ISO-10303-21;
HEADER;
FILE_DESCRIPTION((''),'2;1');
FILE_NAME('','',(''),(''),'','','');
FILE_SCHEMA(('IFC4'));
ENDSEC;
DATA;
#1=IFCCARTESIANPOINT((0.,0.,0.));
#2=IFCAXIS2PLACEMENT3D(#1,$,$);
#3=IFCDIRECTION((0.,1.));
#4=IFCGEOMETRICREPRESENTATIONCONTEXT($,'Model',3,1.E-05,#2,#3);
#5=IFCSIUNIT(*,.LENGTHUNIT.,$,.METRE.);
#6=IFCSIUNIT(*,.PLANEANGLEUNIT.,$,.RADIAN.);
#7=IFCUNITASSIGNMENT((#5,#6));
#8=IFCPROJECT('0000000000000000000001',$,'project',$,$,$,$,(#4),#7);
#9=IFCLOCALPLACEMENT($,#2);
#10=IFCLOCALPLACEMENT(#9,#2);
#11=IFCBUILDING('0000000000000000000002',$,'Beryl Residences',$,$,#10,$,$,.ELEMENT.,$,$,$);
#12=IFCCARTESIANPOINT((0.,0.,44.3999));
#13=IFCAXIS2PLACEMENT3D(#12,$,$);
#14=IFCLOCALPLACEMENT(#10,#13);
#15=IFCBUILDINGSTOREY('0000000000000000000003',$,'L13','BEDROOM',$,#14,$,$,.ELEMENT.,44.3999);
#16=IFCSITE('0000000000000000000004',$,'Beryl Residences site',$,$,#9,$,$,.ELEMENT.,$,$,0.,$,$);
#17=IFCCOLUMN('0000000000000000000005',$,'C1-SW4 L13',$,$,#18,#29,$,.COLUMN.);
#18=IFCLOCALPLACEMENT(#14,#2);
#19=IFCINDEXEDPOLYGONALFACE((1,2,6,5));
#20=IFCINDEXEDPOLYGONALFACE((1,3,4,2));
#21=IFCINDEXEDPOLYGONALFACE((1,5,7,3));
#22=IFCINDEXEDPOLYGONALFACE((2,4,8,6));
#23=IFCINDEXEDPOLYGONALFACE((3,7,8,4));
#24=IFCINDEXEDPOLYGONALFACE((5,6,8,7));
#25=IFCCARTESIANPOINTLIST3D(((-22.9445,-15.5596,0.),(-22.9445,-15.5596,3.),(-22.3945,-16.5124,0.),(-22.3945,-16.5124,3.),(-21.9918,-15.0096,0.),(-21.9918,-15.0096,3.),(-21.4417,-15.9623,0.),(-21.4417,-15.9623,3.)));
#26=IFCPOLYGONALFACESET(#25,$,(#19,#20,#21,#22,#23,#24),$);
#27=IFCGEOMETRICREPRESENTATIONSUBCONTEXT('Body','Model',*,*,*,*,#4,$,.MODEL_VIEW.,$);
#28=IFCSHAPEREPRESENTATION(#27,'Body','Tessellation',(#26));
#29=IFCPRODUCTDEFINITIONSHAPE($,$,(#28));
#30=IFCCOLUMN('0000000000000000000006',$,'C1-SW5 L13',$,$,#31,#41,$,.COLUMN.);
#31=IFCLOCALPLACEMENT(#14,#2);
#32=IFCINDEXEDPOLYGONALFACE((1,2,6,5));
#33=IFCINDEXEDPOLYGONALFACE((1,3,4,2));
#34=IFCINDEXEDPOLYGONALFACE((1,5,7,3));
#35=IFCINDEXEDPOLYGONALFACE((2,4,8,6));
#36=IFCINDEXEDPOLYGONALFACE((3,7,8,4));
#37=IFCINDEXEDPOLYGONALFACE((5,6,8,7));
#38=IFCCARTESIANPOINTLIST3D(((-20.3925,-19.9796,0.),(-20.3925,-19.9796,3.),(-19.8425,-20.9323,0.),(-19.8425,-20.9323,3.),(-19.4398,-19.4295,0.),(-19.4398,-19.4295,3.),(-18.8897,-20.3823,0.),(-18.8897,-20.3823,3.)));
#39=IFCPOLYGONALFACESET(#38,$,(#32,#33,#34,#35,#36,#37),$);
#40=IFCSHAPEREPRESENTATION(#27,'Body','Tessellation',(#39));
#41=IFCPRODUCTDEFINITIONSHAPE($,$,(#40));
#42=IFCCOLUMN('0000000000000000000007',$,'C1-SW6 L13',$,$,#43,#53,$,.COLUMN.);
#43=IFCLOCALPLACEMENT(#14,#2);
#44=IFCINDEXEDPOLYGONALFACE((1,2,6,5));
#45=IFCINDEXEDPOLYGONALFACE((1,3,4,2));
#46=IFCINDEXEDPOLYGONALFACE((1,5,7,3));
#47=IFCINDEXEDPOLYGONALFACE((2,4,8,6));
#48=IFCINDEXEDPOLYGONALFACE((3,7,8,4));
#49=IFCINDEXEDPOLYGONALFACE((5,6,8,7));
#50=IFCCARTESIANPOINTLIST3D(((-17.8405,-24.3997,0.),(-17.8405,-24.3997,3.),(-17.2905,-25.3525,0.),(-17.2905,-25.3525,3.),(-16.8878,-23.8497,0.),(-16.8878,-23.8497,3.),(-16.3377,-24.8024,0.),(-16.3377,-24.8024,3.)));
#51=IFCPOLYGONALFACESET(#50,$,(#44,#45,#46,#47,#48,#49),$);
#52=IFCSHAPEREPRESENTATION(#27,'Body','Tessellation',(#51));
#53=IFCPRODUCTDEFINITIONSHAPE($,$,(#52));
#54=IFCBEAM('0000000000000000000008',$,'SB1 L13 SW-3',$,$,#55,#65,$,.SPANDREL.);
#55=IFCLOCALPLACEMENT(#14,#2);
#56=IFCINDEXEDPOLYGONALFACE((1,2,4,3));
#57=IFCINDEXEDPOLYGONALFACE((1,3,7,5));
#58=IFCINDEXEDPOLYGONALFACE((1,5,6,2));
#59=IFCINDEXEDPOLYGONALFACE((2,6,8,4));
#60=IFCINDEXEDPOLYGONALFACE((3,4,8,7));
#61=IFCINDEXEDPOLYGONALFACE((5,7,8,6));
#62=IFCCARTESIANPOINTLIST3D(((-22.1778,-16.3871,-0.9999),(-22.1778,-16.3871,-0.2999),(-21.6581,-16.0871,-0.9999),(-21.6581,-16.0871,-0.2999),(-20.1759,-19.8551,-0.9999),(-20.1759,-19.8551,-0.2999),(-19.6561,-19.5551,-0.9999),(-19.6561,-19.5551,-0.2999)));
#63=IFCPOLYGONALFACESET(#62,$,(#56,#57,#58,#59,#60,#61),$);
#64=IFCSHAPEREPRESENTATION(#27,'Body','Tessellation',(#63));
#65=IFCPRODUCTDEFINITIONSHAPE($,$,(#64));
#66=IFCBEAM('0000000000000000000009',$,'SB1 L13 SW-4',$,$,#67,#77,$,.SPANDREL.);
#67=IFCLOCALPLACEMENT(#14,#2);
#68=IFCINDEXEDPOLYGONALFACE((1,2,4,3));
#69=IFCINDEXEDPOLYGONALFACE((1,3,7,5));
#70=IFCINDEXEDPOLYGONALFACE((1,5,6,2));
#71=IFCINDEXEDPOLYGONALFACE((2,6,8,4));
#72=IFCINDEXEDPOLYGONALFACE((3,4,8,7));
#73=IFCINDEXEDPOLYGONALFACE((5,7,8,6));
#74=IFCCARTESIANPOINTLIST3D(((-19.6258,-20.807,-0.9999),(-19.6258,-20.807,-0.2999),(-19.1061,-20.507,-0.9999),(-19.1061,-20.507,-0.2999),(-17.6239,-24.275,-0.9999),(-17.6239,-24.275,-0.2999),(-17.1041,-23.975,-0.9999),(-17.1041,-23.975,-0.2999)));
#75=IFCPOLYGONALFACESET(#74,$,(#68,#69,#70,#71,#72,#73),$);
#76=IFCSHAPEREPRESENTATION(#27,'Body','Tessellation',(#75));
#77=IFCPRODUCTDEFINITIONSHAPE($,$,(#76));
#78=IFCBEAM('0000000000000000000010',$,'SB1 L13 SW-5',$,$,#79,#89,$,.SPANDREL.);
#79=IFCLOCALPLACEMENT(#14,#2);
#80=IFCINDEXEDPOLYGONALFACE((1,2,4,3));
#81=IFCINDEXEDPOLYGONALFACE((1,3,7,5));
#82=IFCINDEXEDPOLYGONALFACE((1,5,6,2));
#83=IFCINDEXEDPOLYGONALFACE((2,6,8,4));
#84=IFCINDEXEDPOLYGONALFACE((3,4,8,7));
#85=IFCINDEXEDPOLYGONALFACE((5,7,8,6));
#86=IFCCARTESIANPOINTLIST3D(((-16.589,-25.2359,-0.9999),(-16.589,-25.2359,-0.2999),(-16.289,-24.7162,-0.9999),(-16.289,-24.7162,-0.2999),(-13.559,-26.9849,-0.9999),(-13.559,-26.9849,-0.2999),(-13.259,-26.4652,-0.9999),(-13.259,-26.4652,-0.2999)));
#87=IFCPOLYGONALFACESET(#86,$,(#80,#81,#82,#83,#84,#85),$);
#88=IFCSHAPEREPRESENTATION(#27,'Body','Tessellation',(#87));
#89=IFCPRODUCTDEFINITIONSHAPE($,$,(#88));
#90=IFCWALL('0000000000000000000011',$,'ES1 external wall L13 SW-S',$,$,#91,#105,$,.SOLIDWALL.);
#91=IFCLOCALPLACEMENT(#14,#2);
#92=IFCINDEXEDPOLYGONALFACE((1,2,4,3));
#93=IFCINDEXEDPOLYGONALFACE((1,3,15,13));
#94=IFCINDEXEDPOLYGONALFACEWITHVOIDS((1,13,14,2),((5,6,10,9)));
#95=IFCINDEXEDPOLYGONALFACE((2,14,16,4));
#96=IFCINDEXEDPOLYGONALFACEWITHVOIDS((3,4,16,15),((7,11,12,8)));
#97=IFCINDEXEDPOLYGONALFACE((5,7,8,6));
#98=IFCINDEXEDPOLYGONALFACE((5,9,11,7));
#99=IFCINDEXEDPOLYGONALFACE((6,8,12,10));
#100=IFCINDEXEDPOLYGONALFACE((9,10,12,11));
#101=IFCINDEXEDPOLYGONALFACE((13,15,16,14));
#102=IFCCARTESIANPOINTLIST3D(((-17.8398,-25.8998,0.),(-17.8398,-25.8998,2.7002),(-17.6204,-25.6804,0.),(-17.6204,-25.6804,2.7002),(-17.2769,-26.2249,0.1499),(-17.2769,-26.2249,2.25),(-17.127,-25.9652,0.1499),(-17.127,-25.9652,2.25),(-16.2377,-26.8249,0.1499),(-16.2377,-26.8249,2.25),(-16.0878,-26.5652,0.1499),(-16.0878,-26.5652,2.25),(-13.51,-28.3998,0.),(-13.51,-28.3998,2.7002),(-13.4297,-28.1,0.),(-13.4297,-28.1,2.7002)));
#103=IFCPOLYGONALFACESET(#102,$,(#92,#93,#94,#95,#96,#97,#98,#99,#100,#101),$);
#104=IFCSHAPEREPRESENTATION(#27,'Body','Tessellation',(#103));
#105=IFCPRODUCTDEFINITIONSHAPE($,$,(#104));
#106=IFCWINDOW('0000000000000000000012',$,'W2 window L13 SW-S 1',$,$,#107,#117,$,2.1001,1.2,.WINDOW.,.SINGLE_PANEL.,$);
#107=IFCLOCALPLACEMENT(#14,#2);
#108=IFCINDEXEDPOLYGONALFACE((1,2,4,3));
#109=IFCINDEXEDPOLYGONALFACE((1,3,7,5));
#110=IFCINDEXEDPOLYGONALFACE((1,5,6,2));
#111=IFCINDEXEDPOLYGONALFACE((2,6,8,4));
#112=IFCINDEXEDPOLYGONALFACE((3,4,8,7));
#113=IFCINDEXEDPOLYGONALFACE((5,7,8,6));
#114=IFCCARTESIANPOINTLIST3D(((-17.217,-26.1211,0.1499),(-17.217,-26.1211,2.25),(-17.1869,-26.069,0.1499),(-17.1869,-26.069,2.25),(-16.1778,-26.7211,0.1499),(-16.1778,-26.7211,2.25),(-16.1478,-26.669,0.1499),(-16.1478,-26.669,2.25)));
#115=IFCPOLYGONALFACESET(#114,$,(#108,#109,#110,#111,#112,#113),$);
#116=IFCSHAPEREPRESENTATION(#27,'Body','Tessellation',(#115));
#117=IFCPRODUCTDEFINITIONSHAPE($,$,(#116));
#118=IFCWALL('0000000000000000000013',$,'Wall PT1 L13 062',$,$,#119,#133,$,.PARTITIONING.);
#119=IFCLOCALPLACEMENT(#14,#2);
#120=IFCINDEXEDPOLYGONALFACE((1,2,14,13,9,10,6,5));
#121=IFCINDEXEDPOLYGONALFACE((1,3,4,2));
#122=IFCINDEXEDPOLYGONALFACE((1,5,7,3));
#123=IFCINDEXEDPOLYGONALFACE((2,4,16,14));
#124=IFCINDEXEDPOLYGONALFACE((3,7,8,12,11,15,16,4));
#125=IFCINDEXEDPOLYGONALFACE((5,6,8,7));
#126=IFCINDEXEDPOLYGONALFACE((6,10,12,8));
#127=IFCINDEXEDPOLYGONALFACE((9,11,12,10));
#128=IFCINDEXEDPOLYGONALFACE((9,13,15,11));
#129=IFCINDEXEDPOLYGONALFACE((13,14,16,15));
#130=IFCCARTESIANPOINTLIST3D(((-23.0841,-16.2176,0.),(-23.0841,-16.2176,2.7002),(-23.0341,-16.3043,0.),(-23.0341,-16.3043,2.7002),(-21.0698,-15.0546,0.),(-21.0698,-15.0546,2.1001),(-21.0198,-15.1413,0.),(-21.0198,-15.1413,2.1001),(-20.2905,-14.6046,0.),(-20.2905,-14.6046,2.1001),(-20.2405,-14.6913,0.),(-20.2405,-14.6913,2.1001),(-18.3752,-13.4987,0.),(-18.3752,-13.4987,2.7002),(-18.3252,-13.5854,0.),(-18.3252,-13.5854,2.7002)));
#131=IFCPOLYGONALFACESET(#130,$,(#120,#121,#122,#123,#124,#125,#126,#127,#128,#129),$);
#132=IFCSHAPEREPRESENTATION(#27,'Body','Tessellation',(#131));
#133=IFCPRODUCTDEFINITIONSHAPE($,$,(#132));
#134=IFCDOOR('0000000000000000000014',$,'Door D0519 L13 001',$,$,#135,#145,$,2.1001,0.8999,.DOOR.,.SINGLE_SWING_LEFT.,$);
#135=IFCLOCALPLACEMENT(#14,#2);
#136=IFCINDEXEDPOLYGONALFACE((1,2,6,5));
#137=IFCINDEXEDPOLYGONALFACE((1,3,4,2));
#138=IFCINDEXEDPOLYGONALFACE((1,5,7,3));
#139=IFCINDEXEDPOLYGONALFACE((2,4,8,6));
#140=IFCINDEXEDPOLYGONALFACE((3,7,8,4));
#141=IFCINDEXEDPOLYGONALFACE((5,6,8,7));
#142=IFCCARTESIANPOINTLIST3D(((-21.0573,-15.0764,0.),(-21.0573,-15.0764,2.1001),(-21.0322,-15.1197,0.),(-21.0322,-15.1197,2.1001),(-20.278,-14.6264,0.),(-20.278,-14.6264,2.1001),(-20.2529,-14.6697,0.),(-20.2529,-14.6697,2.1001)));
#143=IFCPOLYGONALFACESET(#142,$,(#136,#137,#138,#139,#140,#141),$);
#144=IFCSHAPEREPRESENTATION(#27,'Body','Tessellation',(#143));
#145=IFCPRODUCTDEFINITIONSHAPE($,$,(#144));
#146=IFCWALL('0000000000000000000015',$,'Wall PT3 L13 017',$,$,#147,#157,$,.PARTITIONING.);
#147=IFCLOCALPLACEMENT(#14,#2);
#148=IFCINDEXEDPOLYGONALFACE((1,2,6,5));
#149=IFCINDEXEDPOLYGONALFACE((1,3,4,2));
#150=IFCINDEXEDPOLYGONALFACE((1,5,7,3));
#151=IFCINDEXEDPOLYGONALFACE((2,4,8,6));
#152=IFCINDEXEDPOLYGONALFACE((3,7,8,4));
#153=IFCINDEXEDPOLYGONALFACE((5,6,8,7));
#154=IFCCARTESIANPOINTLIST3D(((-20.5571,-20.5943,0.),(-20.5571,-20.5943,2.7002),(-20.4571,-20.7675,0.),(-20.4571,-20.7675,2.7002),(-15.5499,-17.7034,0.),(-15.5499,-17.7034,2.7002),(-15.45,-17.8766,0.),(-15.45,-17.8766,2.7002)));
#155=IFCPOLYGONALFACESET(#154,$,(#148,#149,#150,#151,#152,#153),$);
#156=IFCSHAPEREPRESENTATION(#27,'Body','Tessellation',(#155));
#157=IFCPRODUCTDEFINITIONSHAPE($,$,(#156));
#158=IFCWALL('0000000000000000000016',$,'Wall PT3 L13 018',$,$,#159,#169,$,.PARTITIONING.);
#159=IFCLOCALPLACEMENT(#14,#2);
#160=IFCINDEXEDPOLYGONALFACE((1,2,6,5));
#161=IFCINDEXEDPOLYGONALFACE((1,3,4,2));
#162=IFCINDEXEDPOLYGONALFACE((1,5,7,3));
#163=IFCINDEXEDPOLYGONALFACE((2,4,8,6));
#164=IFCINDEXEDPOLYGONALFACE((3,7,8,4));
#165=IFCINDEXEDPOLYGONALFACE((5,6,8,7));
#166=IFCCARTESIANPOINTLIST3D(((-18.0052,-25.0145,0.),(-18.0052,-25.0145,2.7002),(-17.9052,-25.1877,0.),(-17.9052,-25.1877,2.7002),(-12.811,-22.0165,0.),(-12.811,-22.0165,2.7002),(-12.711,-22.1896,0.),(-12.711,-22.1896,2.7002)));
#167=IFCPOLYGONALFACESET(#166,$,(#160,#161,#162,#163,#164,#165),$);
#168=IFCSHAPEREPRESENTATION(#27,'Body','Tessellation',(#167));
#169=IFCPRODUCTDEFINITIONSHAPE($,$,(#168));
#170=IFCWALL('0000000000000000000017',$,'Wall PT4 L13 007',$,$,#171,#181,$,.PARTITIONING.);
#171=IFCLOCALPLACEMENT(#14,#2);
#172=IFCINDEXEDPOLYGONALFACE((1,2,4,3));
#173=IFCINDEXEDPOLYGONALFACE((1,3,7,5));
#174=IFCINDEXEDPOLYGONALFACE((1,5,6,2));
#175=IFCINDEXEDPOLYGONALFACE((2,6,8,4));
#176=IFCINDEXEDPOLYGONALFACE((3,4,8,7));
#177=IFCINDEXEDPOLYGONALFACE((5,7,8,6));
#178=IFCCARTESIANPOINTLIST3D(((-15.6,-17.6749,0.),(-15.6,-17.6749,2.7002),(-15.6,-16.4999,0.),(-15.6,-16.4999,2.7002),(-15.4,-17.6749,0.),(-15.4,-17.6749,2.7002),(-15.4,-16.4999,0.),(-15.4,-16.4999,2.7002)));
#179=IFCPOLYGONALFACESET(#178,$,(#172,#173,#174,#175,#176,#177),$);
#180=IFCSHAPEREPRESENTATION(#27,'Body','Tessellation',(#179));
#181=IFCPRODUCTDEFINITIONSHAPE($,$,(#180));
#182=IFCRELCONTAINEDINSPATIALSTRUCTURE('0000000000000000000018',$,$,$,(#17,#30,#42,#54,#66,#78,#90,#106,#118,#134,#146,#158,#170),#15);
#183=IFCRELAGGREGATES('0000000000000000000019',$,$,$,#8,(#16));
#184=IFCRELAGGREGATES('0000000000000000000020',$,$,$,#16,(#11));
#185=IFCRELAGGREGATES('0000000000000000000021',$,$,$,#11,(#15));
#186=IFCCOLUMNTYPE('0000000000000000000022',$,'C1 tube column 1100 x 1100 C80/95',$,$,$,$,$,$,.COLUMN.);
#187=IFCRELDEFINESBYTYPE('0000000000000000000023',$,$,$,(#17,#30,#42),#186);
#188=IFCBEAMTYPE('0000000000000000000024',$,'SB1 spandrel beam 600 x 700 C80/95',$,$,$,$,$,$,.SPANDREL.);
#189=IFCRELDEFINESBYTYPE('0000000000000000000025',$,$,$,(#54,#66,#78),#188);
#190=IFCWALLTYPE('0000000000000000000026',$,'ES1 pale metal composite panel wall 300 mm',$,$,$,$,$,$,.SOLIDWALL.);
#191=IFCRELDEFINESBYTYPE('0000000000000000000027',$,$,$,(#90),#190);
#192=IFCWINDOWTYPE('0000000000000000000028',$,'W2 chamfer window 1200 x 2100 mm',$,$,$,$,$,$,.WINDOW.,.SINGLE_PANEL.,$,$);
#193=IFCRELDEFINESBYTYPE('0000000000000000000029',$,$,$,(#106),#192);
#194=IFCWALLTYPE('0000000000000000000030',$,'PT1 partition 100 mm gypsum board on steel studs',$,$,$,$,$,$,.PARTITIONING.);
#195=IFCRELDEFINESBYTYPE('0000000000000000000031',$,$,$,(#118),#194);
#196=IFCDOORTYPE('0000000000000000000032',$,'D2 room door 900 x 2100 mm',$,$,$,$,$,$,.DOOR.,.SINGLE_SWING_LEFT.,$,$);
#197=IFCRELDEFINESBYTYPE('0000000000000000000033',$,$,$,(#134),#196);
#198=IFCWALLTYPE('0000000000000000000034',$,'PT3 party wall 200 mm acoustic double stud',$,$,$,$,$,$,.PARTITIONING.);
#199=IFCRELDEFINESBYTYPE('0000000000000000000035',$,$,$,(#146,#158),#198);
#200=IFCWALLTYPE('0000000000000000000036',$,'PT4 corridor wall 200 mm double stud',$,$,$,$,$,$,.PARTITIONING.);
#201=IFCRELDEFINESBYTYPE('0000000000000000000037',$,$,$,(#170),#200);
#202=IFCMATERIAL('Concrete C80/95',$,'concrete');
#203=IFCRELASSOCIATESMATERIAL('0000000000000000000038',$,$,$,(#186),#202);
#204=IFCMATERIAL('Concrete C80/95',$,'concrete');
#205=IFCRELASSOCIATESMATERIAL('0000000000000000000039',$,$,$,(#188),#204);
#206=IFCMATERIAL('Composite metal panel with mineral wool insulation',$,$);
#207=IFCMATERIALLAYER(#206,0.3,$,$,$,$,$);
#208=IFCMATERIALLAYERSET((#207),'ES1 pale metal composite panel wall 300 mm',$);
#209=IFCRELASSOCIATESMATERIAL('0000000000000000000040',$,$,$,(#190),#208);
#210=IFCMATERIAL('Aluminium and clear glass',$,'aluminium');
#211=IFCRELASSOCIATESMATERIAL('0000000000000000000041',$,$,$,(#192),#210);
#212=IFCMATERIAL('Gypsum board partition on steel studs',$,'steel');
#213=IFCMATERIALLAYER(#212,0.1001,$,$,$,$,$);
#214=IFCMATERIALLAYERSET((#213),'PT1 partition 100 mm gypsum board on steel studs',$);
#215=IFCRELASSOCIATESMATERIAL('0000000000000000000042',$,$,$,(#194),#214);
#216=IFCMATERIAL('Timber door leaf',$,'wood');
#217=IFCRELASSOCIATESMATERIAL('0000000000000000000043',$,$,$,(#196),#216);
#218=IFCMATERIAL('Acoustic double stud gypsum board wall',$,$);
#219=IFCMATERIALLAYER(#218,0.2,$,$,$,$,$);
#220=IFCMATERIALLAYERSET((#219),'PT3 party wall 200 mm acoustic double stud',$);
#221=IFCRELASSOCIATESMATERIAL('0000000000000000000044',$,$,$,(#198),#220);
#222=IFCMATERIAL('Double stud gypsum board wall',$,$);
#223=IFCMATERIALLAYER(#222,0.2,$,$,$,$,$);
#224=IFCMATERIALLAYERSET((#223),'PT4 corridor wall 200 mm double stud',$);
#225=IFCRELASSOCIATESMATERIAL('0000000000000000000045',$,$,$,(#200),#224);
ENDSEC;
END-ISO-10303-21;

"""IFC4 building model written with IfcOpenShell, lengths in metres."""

from ifc_helpers import new_model, si_unit, direction, frame, frame_2d, origin, origin_2d, place, context, subcontext, project, spatial, polyline, rectangle, outline, extrude, material, layer, layer_set, material_profile, profile_set, type_object, element, fill, save


model = new_model("IFC4")

# Units and contexts
model_context = context("Model", 3, precision=1e-05, world=origin(), true_north=direction((0.0, 1.0)))
body_context = subcontext(model_context, "Body", "Model", "MODEL_VIEW")
ifc_project = project(units=[si_unit("LENGTHUNIT", "METRE"), si_unit("PLANEANGLEUNIT", "RADIAN")], contexts=[model_context])

# Site, building, storey
site_placement = place(None, origin())
site = spatial("IfcSite", under=ifc_project, at=site_placement, Name="Beryl Residences site", CompositionType="ELEMENT", RefElevation=0.0)
building_placement = place(site_placement, origin())
building = spatial("IfcBuilding", under=site, at=building_placement, Name="Beryl Residences", CompositionType="ELEMENT")
storey_placement = place(building_placement, frame((0.0, 0.0, 44.3999)))
storey = spatial("IfcBuildingStorey", under=building, at=storey_placement, Name="L13", Description="BEDROOM", CompositionType="ELEMENT", Elevation=44.3999)

# Columns
ifc_material_1 = material(Name="Concrete C80/95", Category="concrete")
ifc_material_profile_1 = material_profile(ifc_material_1, rectangle(XDim=1.1001, YDim=1.1001, at=origin_2d()))
ifc_profile_set_1 = profile_set([ifc_material_profile_1], Name="Concrete C80/95")
column_type = type_object("IfcColumnType", Name="C1 tube column 1100 x 1100 C80/95", PredefinedType="COLUMN", material=ifc_profile_set_1)
for number, where, z_axis, x_axis, name in (
    (1, (-22.1931, -15.761, 0.0), (0.0, 0.0, 1.0), (0.499985, -0.866034, 0.0), "C1-SW4 L13"),
    (2, (-19.6411, -20.1809, 0.0), (0.0, 0.0, 1.0), (0.499985, -0.866034, 0.0), "C1-SW5 L13"),
    (3, (-17.0891, -24.6011, 0.0), (0.0, 0.0, 1.0), (0.499985, -0.866034, 0.0), "C1-SW6 L13"),
):
    element("IfcColumn", number, at=place(storey_placement, frame(where, z_axis=z_axis, x_axis=x_axis)), inside=storey, type_object=column_type, Name=name, PredefinedType="COLUMN", context=body_context, shape_type="SweptSolid", body=[
        extrude(rectangle(XDim=1.1001, YDim=1.1001, at=origin_2d()), origin(), (0.0, 0.0, 1.0), 3.0),
    ])

# Beams
ifc_material_2 = material(Name="Concrete C80/95", Category="concrete")
ifc_material_profile_2 = material_profile(ifc_material_2, rectangle(XDim=0.6001, YDim=0.7, at=origin_2d()))
ifc_profile_set_2 = profile_set([ifc_material_profile_2], Name="Concrete C80/95")
beam_type = type_object("IfcBeamType", Name="SB1 spandrel beam 600 x 700 C80/95", PredefinedType="SPANDREL", material=ifc_profile_set_2)
for number, where, z_axis, x_axis, name in (
    (4, (-21.918, -16.2371, -0.6499), (0.499942, -0.866059, 0.0), (0.866059, 0.499942, 0.0), "SB1 L13 SW-3"),
    (5, (-19.366, -20.657, -0.6499), (0.499942, -0.866059, 0.0), (0.866059, 0.499942, 0.0), "SB1 L13 SW-4"),
):
    element("IfcBeam", number, at=place(storey_placement, frame(where, z_axis=z_axis, x_axis=x_axis)), inside=storey, type_object=beam_type, Name=name, PredefinedType="SPANDREL", context=body_context, shape_type="SweptSolid", body=[
        extrude(rectangle(XDim=0.6001, YDim=0.7, at=origin_2d()), origin(), (0.0, 0.0, 1.0), 4.0044),
    ])
beam_placement = place(storey_placement, frame((-16.439, -24.9761, -0.6499), z_axis=(0.866071, -0.499922, 0.0), x_axis=(0.499922, 0.866071, 0.0)))
element("IfcBeam", 6, at=beam_placement, inside=storey, type_object=beam_type, Name="SB1 L13 SW-5", PredefinedType="SPANDREL", context=body_context, shape_type="SweptSolid", body=[
    extrude(rectangle(XDim=0.6001, YDim=0.7, at=origin_2d()), origin(), (0.0, 0.0, 1.0), 3.4985),
])

# Wall, opening, window
ifc_material_3 = material(Name="Composite metal panel with mineral wool insulation")
ifc_layer_1 = layer(ifc_material_3, 0.3)
ifc_layer_set_1 = layer_set([ifc_layer_1], Name="ES1 pale metal composite panel wall 300 mm")
wall_type_1 = type_object("IfcWallType", Name="ES1 pale metal composite panel wall 300 mm", PredefinedType="SOLIDWALL", material=ifc_layer_set_1)
wall_1_placement = place(storey_placement, frame((-17.7649, -25.77, 0.0), z_axis=(0.0, 0.0, 1.0), x_axis=(0.866011, -0.500025, 0.0)))
wall_1 = element("IfcWall", 7, at=wall_1_placement, inside=storey, type_object=wall_type_1, Name="ES1 external wall L13 SW-S", PredefinedType="SOLIDWALL", context=body_context, shape_type="SweptSolid", body=[
    extrude(outline(polyline([(0.0, -0.1499), (4.9998, -0.1499), (4.9194, 0.1499), (0.0803, 0.1499), (0.0, -0.1499)])), origin(), (0.0, 0.0, 1.0), 2.7002),
])
opening_1_placement = place(wall_1_placement, frame((0.6499, 0.0, 0.1499)))
opening_1 = element("IfcOpeningElement", 8, at=opening_1_placement, cuts=wall_1, PredefinedType="OPENING", context=body_context, shape_type="SweptSolid", body=[
    extrude(rectangle(XDim=1.2, YDim=2.1001, at=frame_2d((0.6001, 1.05))), frame((0.0, 0.1599, 0.0), z_axis=(0.0, -1.0, 0.0), x_axis=(1.0, 0.0, 0.0)), (0.0, 0.0, 1.0), 0.3201),
])
ifc_material_4 = material(Name="Aluminium and clear glass", Category="aluminium")
window_type = type_object("IfcWindowType", Name="W2 chamfer window 1200 x 2100 mm", PartitioningType="SINGLE_PANEL", PredefinedType="WINDOW", material=ifc_material_4)
window_placement = place(opening_1_placement, origin())
window = element("IfcWindow", 9, at=window_placement, inside=storey, type_object=window_type, Name="W2 window L13 SW-S 1", OverallHeight=2.1001, OverallWidth=1.2, PartitioningType="SINGLE_PANEL", PredefinedType="WINDOW", context=body_context, shape_type="SweptSolid", body=[
    extrude(rectangle(XDim=1.2, YDim=2.1001, at=frame_2d((0.6001, 1.05))), frame((0.0, 0.03, 0.0), z_axis=(0.0, -1.0, 0.0), x_axis=(1.0, 0.0, 0.0)), (0.0, 0.0, 1.0), 0.0601),
])
fill(opening_1, window)

# Wall, opening, door
ifc_material_5 = material(Name="Gypsum board partition on steel studs", Category="steel")
ifc_layer_2 = layer(ifc_material_5, 0.1001)
ifc_layer_set_2 = layer_set([ifc_layer_2], Name="PT1 partition 100 mm gypsum board on steel studs")
wall_type_2 = type_object("IfcWallType", Name="PT1 partition 100 mm gypsum board on steel studs", PredefinedType="PARTITIONING", material=ifc_layer_set_2)
wall_2_placement = place(storey_placement, frame((-23.0591, -16.261, 0.0), z_axis=(0.0, 0.0, 1.0), x_axis=(0.866005, 0.500036, 0.0)))
wall_2 = element("IfcWall", 10, at=wall_2_placement, inside=storey, type_object=wall_type_2, Name="Wall PT1 L13 062", PredefinedType="PARTITIONING", context=body_context, shape_type="SweptSolid", body=[
    extrude(rectangle(XDim=5.4375, YDim=0.1001, at=frame_2d((2.7188, 0.0))), origin(), (0.0, 0.0, 1.0), 2.7002),
])
opening_2_placement = place(wall_2_placement, frame((2.3259, 0.0, 0.0)))
opening_2 = element("IfcOpeningElement", 11, at=opening_2_placement, cuts=wall_2, PredefinedType="OPENING", context=body_context, shape_type="SweptSolid", body=[
    extrude(rectangle(XDim=0.8999, YDim=2.1001, at=frame_2d((0.45, 1.05))), frame((0.0, 0.0601, 0.0), z_axis=(0.0, -1.0, 0.0), x_axis=(1.0, 0.0, 0.0)), (0.0, 0.0, 1.0), 0.1201),
])
ifc_material_6 = material(Name="Timber door leaf", Category="wood")
door_type_1 = type_object("IfcDoorType", Name="D2 room door 900 x 2100 mm", OperationType="SINGLE_SWING_LEFT", PredefinedType="DOOR", material=ifc_material_6)
door_1_placement = place(opening_2_placement, origin())
door_1 = element("IfcDoor", 12, at=door_1_placement, inside=storey, type_object=door_type_1, Name="Door D0519 L13 001", OperationType="SINGLE_SWING_LEFT", OverallHeight=2.1001, OverallWidth=0.8999, PredefinedType="DOOR", context=body_context, shape_type="SweptSolid", body=[
    extrude(rectangle(XDim=0.8999, YDim=2.1001, at=frame_2d((0.45, 1.05))), frame((0.0, 0.0249, 0.0), z_axis=(0.0, -1.0, 0.0), x_axis=(1.0, 0.0, 0.0)), (0.0, 0.0, 1.0), 0.05),
])
fill(opening_2, door_1)

# Walls
ifc_material_7 = material(Name="Acoustic double stud gypsum board wall")
ifc_layer_3 = layer(ifc_material_7, 0.2)
ifc_layer_set_3 = layer_set([ifc_layer_3], Name="PT3 party wall 200 mm acoustic double stud")
wall_type_3 = type_object("IfcWallType", Name="PT3 party wall 200 mm acoustic double stud", PredefinedType="PARTITIONING", material=ifc_layer_set_3)
wall_3_placement = place(storey_placement, frame((-20.5071, -20.6809, 0.0), z_axis=(0.0, 0.0, 1.0), x_axis=(0.866023, 0.500004, 0.0)))
element("IfcWall", 13, at=wall_3_placement, inside=storey, type_object=wall_type_3, Name="Wall PT3 L13 017", PredefinedType="PARTITIONING", context=body_context, shape_type="SweptSolid", body=[
    extrude(rectangle(XDim=5.7817, YDim=0.2, at=frame_2d((2.8909, 0.0))), origin(), (0.0, 0.0, 1.0), 2.7002),
])
wall_4_placement = place(storey_placement, frame((-17.9551, -25.1011, 0.0), z_axis=(0.0, 0.0, 1.0), x_axis=(0.866081, 0.499905, 0.0)))
element("IfcWall", 14, at=wall_4_placement, inside=storey, type_object=wall_type_3, Name="Wall PT3 L13 018", PredefinedType="PARTITIONING", context=body_context, shape_type="SweptSolid", body=[
    extrude(rectangle(XDim=5.9973, YDim=0.2, at=frame_2d((2.9985, 0.0))), origin(), (0.0, 0.0, 1.0), 2.7002),
])
ifc_material_8 = material(Name="Double stud gypsum board wall")
ifc_layer_4 = layer(ifc_material_8, 0.2)
ifc_layer_set_4 = layer_set([ifc_layer_4], Name="PT4 corridor wall 200 mm double stud")
wall_type_4 = type_object("IfcWallType", Name="PT4 corridor wall 200 mm double stud", PredefinedType="PARTITIONING", material=ifc_layer_set_4)
wall_5_placement = place(storey_placement, frame((-15.5, -16.5, 0.0), z_axis=(0.0, 0.0, 1.0), x_axis=(0.0, -1.0, 0.0)))
element("IfcWall", 15, at=wall_5_placement, inside=storey, type_object=wall_type_4, Name="Wall PT4 L13 007", PredefinedType="PARTITIONING", context=body_context, shape_type="SweptSolid", body=[
    extrude(rectangle(XDim=1.175, YDim=0.2, at=frame_2d((0.5874, 0.0))), origin(), (0.0, 0.0, 1.0), 2.7002),
])

save(model, "model.ifc")
